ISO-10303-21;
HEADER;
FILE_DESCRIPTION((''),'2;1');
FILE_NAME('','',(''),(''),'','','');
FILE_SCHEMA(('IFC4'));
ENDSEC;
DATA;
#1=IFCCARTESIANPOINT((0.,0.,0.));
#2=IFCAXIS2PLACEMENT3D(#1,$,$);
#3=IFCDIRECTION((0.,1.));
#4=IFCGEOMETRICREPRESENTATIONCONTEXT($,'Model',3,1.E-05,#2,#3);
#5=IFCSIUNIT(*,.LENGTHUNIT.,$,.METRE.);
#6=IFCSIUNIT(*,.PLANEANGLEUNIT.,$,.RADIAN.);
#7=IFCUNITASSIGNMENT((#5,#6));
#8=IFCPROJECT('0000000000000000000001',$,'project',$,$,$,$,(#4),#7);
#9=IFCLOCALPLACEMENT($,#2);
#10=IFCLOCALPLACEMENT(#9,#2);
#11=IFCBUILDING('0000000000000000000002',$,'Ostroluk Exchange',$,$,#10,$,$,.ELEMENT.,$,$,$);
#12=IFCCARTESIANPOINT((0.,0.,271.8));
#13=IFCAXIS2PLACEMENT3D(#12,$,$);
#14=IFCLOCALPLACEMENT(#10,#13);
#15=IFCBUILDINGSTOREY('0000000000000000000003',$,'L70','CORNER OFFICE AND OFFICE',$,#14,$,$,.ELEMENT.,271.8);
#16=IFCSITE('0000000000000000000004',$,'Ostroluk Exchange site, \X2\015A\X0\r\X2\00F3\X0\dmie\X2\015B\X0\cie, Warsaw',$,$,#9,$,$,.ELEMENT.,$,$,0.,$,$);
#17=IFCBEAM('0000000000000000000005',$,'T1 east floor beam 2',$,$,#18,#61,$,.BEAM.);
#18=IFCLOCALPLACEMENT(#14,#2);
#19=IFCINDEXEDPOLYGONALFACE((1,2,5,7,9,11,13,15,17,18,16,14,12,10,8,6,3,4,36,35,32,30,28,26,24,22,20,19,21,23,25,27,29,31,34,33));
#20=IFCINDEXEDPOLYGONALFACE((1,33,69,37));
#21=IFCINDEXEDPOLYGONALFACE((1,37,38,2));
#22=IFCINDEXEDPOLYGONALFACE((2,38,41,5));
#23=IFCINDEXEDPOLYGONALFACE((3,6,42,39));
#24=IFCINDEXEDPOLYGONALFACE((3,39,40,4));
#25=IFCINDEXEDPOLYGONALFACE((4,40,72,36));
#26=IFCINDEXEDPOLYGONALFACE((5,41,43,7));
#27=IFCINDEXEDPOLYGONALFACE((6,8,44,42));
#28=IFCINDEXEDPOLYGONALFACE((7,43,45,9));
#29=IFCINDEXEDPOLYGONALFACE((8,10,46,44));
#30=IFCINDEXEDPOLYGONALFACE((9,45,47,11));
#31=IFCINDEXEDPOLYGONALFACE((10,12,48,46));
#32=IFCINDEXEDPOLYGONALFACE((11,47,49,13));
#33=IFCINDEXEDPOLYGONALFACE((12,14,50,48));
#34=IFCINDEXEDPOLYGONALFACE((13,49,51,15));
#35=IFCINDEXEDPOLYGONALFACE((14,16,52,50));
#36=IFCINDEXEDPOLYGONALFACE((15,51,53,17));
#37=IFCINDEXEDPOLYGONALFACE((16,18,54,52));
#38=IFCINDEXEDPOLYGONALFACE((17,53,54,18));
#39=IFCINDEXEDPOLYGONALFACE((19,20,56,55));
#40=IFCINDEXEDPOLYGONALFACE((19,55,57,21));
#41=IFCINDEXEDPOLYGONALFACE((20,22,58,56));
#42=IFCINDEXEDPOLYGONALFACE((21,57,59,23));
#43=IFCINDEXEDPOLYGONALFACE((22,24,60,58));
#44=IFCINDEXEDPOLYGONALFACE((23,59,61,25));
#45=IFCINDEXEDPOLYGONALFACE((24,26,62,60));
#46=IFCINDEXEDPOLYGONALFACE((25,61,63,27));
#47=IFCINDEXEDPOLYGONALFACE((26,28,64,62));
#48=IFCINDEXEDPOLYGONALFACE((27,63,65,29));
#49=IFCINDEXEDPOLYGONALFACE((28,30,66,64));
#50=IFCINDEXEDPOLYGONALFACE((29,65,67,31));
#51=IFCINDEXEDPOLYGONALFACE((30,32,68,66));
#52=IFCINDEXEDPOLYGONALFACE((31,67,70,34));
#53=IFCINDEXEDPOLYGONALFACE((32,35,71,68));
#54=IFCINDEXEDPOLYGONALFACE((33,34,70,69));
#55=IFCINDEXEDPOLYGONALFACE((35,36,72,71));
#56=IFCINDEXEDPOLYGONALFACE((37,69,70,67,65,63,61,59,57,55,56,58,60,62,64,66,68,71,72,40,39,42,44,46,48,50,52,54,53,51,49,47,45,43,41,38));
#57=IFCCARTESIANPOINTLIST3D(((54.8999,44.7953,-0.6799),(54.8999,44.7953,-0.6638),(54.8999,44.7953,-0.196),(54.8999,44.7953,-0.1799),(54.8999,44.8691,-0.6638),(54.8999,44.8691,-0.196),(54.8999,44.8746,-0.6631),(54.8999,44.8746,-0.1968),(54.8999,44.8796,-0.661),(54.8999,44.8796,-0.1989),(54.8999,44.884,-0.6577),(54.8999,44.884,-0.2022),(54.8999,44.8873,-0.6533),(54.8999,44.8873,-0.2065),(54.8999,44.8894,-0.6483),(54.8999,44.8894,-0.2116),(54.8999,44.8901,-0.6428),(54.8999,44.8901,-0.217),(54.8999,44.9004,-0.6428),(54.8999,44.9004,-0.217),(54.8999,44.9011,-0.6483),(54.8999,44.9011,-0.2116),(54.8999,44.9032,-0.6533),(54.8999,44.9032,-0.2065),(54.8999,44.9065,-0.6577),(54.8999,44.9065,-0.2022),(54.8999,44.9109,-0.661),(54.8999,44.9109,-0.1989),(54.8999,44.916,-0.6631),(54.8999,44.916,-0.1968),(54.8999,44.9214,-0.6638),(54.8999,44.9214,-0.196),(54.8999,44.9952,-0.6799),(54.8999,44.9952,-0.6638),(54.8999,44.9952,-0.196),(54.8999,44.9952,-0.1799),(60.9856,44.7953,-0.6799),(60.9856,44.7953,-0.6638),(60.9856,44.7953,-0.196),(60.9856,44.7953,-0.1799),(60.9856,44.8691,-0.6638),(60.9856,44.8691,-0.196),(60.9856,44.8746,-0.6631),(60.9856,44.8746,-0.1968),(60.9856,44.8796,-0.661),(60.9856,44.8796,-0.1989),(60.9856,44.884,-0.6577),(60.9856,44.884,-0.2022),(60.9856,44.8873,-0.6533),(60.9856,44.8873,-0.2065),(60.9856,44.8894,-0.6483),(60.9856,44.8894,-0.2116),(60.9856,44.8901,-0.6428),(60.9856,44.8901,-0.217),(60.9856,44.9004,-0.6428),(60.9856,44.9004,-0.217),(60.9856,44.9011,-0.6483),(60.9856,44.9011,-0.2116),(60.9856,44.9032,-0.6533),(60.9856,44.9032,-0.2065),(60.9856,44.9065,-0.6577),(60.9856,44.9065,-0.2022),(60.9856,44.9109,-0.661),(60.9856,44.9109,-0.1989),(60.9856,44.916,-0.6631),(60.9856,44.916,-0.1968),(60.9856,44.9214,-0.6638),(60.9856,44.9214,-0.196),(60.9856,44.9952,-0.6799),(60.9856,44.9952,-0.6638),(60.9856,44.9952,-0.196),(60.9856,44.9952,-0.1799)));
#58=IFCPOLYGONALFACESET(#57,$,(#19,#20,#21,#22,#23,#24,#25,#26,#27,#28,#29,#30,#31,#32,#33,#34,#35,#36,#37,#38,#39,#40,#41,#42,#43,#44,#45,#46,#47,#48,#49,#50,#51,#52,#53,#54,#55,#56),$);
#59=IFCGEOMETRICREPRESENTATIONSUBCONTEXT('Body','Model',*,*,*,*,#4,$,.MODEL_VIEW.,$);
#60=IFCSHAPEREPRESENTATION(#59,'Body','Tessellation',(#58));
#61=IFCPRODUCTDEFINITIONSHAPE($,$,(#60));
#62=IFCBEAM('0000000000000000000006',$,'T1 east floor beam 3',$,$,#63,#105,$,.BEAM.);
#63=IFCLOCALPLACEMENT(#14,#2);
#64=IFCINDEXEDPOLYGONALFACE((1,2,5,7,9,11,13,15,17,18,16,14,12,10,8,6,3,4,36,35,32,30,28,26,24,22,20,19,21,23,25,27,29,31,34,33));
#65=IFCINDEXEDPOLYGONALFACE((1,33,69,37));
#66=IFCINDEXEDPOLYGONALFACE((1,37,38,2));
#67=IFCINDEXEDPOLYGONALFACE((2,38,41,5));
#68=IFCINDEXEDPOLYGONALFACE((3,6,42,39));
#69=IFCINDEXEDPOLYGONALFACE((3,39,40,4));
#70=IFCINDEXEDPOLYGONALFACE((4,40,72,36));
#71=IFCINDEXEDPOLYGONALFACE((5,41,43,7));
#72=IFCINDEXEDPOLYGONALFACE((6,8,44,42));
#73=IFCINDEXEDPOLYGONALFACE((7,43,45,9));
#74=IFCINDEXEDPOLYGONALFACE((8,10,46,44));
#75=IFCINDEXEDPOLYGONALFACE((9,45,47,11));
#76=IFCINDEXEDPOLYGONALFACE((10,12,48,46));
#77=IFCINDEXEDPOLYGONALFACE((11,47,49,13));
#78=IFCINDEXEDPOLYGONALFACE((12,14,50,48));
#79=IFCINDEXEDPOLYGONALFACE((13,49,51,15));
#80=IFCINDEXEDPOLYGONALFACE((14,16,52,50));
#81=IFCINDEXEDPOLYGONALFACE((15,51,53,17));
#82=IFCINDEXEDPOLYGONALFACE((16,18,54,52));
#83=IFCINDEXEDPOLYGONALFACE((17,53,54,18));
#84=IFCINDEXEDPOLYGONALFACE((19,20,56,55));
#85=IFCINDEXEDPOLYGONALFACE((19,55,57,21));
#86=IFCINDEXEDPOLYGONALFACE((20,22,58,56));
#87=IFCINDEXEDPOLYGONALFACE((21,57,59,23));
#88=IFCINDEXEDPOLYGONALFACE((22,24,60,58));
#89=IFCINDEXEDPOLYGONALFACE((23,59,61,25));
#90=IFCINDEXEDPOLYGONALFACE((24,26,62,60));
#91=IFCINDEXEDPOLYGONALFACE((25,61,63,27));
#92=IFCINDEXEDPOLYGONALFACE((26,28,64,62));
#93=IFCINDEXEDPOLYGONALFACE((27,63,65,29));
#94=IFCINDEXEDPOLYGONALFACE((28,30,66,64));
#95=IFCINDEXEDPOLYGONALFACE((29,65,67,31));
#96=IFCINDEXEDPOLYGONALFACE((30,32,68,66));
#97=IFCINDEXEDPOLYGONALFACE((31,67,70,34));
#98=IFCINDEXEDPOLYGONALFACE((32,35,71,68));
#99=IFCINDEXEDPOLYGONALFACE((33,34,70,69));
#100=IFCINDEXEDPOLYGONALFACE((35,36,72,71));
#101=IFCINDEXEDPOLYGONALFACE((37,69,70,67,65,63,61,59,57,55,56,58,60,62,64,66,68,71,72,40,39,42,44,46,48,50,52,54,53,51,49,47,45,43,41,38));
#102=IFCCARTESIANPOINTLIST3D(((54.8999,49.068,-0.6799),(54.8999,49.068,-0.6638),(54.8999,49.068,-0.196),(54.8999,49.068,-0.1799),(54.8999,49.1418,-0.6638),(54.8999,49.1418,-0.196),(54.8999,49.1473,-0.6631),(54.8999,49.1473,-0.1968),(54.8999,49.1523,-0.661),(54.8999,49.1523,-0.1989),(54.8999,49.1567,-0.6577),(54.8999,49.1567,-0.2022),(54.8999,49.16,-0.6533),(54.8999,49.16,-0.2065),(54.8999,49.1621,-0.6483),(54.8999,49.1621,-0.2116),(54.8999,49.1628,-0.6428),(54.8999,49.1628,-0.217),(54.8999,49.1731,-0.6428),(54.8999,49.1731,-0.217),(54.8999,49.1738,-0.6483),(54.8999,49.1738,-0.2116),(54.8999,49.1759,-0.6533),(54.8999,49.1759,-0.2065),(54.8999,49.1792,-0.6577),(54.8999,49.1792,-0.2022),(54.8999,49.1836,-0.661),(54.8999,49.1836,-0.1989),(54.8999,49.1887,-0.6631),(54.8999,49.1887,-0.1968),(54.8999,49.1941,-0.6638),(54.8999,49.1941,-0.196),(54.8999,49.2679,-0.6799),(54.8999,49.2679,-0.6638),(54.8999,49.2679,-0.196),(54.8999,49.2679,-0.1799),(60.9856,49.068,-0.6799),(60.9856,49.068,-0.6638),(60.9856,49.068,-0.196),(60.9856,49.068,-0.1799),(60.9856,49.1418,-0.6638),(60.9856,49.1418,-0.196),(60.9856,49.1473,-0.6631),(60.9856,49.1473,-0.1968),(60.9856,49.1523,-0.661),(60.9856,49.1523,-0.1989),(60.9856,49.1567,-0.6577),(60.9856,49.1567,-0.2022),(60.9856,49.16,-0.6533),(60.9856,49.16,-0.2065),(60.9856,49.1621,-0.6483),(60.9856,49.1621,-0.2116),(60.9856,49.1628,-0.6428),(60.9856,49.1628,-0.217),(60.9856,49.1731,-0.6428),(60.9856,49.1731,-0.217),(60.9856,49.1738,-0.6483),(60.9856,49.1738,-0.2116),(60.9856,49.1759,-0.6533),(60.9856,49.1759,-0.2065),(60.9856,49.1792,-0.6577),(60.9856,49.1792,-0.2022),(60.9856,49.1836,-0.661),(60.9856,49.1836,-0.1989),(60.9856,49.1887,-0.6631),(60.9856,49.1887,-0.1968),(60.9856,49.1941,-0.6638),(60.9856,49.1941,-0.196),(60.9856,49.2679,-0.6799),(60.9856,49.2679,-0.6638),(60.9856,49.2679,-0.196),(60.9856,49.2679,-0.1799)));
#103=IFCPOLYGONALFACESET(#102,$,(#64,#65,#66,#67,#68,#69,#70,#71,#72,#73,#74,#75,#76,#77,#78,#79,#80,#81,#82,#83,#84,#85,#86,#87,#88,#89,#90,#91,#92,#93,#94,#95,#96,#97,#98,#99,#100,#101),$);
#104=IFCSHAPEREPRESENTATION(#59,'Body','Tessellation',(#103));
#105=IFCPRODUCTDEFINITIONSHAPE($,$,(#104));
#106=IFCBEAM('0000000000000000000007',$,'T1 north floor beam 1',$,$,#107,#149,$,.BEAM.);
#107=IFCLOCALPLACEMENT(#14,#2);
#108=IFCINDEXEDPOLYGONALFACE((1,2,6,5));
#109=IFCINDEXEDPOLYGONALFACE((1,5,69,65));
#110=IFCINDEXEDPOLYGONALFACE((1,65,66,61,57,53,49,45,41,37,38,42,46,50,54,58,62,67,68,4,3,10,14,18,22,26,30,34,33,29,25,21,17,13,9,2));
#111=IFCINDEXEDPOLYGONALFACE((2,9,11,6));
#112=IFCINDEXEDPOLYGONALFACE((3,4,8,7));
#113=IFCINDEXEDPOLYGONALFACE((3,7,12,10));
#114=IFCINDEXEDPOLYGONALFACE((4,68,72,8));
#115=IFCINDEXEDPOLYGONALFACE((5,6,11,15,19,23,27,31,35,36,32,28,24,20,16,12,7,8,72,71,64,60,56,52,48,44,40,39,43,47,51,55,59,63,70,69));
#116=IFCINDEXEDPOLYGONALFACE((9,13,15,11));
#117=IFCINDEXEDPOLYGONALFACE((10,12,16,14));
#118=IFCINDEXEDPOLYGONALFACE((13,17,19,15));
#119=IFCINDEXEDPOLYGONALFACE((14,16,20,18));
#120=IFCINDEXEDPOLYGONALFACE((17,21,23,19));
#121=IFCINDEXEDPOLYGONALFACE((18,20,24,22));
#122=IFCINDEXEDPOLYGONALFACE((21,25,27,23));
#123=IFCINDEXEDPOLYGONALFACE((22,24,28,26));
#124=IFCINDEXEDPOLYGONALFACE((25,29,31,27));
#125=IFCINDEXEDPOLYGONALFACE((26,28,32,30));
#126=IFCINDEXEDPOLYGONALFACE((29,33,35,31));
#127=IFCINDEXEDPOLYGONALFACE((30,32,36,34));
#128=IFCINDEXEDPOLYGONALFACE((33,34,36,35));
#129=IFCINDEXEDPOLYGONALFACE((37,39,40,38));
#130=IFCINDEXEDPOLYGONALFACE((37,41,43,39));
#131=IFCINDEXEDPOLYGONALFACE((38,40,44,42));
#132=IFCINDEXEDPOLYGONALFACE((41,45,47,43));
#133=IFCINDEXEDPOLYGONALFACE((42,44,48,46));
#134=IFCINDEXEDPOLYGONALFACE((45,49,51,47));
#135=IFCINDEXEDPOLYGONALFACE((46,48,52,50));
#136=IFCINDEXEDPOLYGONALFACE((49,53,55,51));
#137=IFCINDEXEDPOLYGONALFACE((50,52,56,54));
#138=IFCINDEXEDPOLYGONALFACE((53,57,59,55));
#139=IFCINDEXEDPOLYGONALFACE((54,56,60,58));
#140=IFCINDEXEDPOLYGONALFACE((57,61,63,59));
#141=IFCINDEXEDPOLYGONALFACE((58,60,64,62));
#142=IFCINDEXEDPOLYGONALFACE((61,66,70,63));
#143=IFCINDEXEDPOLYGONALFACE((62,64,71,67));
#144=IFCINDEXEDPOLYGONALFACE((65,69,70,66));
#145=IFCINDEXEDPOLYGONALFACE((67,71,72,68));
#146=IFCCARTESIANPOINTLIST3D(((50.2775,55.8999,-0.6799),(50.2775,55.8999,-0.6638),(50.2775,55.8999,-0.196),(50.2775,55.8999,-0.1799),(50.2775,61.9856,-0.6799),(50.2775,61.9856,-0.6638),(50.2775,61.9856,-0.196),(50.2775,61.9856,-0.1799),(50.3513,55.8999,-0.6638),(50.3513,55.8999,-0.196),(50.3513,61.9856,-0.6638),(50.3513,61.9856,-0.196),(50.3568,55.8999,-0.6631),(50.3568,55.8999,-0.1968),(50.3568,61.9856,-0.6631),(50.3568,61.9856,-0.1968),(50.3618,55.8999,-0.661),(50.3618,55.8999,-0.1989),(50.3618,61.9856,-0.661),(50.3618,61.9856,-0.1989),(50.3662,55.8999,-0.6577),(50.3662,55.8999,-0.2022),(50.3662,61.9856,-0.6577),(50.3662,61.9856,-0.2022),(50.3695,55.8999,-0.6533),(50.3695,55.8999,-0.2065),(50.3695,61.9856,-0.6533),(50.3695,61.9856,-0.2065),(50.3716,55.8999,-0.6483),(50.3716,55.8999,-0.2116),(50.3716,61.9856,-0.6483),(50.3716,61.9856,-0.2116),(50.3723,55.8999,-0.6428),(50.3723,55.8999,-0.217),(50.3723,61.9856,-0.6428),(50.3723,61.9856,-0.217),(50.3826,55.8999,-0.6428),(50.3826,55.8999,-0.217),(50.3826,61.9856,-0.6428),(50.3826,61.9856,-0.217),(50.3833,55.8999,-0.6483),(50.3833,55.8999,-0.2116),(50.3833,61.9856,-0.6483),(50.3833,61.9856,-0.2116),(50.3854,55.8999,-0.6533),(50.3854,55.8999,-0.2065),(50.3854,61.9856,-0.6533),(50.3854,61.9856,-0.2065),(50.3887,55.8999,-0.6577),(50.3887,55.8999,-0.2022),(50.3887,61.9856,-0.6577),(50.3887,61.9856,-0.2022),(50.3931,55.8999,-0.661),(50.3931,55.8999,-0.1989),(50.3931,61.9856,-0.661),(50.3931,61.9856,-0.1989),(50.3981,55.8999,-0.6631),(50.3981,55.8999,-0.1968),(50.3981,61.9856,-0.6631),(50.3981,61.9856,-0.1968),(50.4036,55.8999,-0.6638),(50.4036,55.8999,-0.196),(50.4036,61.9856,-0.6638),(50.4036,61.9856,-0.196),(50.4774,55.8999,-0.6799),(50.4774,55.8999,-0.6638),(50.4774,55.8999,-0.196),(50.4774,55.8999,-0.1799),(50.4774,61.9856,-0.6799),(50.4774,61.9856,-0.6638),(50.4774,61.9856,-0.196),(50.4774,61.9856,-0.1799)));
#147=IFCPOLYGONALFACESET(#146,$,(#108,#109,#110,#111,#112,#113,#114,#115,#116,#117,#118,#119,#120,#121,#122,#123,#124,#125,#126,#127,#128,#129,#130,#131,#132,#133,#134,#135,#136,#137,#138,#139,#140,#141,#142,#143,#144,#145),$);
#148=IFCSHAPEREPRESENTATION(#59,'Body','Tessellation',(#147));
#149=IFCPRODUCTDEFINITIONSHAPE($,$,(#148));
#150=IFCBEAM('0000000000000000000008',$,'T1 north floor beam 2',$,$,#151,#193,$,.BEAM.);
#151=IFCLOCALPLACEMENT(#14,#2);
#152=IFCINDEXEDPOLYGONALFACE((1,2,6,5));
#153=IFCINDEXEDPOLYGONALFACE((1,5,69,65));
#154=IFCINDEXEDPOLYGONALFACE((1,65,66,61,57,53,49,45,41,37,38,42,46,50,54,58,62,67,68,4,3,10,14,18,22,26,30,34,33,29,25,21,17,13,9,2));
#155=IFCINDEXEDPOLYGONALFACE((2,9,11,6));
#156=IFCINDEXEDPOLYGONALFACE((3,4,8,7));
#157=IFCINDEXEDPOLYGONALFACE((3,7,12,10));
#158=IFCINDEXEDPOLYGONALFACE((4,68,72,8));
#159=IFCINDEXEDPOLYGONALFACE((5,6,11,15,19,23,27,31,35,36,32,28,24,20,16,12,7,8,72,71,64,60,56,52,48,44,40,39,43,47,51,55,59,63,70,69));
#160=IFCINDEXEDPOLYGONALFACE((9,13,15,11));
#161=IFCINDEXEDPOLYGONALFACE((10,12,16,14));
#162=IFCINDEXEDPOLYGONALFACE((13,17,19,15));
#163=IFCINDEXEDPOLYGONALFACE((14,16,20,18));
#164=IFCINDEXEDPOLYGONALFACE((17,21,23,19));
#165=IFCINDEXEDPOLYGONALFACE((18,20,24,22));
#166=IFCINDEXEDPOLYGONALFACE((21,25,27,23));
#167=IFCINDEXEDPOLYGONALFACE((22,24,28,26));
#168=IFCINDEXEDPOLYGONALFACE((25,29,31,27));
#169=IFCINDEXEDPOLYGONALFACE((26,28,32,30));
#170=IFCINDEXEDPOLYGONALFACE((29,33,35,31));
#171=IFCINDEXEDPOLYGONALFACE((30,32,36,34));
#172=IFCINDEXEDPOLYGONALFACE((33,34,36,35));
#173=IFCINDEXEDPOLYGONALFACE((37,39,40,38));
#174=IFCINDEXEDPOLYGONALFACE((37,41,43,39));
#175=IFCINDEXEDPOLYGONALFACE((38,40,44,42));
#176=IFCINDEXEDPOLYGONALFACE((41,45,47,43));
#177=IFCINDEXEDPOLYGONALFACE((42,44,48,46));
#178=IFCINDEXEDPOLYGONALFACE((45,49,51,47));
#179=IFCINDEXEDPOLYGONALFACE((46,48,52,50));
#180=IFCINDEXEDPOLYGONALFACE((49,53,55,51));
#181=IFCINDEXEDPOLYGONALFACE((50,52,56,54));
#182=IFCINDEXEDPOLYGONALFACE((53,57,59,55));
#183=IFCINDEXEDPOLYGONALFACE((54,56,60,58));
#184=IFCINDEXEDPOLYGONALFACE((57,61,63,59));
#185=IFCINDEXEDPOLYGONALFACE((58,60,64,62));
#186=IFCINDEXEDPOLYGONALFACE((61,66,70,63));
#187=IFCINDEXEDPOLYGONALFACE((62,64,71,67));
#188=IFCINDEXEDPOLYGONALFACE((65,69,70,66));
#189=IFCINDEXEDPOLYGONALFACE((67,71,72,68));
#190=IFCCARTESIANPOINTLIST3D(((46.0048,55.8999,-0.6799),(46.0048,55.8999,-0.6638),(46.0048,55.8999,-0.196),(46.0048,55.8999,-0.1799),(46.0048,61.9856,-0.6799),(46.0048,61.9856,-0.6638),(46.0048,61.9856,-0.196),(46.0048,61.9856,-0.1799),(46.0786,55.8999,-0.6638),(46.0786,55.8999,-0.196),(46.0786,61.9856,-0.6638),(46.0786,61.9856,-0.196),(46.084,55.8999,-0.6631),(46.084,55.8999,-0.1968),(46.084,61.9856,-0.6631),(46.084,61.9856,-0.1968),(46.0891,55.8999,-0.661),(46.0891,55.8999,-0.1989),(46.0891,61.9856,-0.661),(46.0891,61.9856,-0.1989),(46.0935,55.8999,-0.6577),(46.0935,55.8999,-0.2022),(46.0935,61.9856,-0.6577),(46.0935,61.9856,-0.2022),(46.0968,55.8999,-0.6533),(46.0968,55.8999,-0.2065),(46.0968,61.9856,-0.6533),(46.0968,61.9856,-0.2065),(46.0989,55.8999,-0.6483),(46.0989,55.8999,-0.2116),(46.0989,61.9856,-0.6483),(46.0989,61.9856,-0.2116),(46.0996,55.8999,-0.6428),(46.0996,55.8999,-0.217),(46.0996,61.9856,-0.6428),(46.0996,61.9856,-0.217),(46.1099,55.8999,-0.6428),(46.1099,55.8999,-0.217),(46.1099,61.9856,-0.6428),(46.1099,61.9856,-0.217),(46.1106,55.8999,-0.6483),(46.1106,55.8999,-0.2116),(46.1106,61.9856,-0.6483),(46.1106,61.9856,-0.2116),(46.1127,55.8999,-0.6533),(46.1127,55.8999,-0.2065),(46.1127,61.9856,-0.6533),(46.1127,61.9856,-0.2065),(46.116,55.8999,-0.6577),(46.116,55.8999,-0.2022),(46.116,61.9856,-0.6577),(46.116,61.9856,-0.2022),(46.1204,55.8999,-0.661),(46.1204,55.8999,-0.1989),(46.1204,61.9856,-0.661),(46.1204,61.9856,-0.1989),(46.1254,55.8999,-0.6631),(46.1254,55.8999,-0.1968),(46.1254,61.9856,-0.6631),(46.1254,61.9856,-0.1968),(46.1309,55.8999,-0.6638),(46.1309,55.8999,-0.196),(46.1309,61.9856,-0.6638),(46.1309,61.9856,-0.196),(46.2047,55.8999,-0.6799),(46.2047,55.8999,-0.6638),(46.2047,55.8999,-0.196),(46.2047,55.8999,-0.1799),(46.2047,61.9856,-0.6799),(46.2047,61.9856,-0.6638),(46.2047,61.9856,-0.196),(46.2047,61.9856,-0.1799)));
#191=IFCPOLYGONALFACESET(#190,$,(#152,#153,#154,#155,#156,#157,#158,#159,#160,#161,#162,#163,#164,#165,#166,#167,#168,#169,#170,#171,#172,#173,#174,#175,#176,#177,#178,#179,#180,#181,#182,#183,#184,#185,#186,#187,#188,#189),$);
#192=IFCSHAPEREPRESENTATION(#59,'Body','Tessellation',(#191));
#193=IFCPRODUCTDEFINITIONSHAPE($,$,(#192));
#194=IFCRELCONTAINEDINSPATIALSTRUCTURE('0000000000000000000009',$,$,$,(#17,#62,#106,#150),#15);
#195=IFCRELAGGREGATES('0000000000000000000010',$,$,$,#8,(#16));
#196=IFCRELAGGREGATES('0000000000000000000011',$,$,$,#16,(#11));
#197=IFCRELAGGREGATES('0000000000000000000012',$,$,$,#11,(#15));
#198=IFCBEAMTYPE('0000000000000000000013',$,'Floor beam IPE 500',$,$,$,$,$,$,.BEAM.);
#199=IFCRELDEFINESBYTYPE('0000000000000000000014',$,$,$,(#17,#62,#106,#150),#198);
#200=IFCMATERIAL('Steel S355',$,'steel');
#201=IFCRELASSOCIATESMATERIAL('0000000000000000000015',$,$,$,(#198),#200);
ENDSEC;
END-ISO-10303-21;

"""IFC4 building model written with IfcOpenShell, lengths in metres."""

from ifc_helpers import new_model, si_unit, direction, frame, origin, origin_2d, place, context, subcontext, project, spatial, i_section, extrude, material, material_profile, profile_set, type_object, element, save


model = new_model("IFC4")

# Units and contexts
model_context = context("Model", 3, precision=1e-05, world=origin(), true_north=direction((0.0, 1.0)))
body_context = subcontext(model_context, "Body", "Model", "MODEL_VIEW")
ifc_project = project(units=[si_unit("LENGTHUNIT", "METRE"), si_unit("PLANEANGLEUNIT", "RADIAN")], contexts=[model_context])

# Site, building, storey
site_placement = place(None, origin())
site = spatial("IfcSite", under=ifc_project, at=site_placement, Name="Ostroluk Exchange site, Śródmieście, Warsaw", CompositionType="ELEMENT", RefElevation=0.0)
building_placement = place(site_placement, origin())
building = spatial("IfcBuilding", under=site, at=building_placement, Name="Ostroluk Exchange", CompositionType="ELEMENT")
storey_placement = place(building_placement, frame((0.0, 0.0, 271.8)))
storey = spatial("IfcBuildingStorey", under=building, at=storey_placement, Name="L70", Description="CORNER OFFICE AND OFFICE", CompositionType="ELEMENT", Elevation=271.8)

# Beams
ifc_material_1 = material(Name="Steel S355", Category="steel")
ifc_material_profile_1 = material_profile(ifc_material_1, i_section(OverallWidth=0.2, OverallDepth=0.5, WebThickness=0.0103, FlangeThickness=0.0161, FilletRadius=0.021, at=origin_2d()), Name="IPE 500")
ifc_profile_set_1 = profile_set([ifc_material_profile_1], Name="Steel S355")
beam_type_1 = type_object("IfcBeamType", Name="Floor beam IPE 500", PredefinedType="BEAM", material=ifc_profile_set_1)
for number, where, z_axis, x_axis, name in (
    (1, (54.8999, 44.8953, -0.4299), (1.0, 0.0, 0.0), (0.0, 1.0, 0.0), "T1 east floor beam 2"),
    (2, (54.8999, 49.168, -0.4299), (1.0, 0.0, 0.0), (0.0, 1.0, 0.0), "T1 east floor beam 3"),
    (3, (50.3774, 55.8999, -0.4299), (0.0, 1.0, 0.0), (-1.0, 0.0, 0.0), "T1 north floor beam 1"),
    (4, (46.1047, 55.8999, -0.4299), (0.0, 1.0, 0.0), (-1.0, 0.0, 0.0), "T1 north floor beam 2"),
):
    element("IfcBeam", number, at=place(storey_placement, frame(where, z_axis=z_axis, x_axis=x_axis)), inside=storey, type_object=beam_type_1, Name=name, PredefinedType="BEAM", context=body_context, shape_type="SweptSolid", body=[
        extrude(i_section(OverallWidth=0.2, OverallDepth=0.5, WebThickness=0.0103, FlangeThickness=0.0161, FilletRadius=0.021, at=origin_2d()), origin(), (0.0, 0.0, 1.0), 6.0857),
    ])

save(model, "model.ifc")
